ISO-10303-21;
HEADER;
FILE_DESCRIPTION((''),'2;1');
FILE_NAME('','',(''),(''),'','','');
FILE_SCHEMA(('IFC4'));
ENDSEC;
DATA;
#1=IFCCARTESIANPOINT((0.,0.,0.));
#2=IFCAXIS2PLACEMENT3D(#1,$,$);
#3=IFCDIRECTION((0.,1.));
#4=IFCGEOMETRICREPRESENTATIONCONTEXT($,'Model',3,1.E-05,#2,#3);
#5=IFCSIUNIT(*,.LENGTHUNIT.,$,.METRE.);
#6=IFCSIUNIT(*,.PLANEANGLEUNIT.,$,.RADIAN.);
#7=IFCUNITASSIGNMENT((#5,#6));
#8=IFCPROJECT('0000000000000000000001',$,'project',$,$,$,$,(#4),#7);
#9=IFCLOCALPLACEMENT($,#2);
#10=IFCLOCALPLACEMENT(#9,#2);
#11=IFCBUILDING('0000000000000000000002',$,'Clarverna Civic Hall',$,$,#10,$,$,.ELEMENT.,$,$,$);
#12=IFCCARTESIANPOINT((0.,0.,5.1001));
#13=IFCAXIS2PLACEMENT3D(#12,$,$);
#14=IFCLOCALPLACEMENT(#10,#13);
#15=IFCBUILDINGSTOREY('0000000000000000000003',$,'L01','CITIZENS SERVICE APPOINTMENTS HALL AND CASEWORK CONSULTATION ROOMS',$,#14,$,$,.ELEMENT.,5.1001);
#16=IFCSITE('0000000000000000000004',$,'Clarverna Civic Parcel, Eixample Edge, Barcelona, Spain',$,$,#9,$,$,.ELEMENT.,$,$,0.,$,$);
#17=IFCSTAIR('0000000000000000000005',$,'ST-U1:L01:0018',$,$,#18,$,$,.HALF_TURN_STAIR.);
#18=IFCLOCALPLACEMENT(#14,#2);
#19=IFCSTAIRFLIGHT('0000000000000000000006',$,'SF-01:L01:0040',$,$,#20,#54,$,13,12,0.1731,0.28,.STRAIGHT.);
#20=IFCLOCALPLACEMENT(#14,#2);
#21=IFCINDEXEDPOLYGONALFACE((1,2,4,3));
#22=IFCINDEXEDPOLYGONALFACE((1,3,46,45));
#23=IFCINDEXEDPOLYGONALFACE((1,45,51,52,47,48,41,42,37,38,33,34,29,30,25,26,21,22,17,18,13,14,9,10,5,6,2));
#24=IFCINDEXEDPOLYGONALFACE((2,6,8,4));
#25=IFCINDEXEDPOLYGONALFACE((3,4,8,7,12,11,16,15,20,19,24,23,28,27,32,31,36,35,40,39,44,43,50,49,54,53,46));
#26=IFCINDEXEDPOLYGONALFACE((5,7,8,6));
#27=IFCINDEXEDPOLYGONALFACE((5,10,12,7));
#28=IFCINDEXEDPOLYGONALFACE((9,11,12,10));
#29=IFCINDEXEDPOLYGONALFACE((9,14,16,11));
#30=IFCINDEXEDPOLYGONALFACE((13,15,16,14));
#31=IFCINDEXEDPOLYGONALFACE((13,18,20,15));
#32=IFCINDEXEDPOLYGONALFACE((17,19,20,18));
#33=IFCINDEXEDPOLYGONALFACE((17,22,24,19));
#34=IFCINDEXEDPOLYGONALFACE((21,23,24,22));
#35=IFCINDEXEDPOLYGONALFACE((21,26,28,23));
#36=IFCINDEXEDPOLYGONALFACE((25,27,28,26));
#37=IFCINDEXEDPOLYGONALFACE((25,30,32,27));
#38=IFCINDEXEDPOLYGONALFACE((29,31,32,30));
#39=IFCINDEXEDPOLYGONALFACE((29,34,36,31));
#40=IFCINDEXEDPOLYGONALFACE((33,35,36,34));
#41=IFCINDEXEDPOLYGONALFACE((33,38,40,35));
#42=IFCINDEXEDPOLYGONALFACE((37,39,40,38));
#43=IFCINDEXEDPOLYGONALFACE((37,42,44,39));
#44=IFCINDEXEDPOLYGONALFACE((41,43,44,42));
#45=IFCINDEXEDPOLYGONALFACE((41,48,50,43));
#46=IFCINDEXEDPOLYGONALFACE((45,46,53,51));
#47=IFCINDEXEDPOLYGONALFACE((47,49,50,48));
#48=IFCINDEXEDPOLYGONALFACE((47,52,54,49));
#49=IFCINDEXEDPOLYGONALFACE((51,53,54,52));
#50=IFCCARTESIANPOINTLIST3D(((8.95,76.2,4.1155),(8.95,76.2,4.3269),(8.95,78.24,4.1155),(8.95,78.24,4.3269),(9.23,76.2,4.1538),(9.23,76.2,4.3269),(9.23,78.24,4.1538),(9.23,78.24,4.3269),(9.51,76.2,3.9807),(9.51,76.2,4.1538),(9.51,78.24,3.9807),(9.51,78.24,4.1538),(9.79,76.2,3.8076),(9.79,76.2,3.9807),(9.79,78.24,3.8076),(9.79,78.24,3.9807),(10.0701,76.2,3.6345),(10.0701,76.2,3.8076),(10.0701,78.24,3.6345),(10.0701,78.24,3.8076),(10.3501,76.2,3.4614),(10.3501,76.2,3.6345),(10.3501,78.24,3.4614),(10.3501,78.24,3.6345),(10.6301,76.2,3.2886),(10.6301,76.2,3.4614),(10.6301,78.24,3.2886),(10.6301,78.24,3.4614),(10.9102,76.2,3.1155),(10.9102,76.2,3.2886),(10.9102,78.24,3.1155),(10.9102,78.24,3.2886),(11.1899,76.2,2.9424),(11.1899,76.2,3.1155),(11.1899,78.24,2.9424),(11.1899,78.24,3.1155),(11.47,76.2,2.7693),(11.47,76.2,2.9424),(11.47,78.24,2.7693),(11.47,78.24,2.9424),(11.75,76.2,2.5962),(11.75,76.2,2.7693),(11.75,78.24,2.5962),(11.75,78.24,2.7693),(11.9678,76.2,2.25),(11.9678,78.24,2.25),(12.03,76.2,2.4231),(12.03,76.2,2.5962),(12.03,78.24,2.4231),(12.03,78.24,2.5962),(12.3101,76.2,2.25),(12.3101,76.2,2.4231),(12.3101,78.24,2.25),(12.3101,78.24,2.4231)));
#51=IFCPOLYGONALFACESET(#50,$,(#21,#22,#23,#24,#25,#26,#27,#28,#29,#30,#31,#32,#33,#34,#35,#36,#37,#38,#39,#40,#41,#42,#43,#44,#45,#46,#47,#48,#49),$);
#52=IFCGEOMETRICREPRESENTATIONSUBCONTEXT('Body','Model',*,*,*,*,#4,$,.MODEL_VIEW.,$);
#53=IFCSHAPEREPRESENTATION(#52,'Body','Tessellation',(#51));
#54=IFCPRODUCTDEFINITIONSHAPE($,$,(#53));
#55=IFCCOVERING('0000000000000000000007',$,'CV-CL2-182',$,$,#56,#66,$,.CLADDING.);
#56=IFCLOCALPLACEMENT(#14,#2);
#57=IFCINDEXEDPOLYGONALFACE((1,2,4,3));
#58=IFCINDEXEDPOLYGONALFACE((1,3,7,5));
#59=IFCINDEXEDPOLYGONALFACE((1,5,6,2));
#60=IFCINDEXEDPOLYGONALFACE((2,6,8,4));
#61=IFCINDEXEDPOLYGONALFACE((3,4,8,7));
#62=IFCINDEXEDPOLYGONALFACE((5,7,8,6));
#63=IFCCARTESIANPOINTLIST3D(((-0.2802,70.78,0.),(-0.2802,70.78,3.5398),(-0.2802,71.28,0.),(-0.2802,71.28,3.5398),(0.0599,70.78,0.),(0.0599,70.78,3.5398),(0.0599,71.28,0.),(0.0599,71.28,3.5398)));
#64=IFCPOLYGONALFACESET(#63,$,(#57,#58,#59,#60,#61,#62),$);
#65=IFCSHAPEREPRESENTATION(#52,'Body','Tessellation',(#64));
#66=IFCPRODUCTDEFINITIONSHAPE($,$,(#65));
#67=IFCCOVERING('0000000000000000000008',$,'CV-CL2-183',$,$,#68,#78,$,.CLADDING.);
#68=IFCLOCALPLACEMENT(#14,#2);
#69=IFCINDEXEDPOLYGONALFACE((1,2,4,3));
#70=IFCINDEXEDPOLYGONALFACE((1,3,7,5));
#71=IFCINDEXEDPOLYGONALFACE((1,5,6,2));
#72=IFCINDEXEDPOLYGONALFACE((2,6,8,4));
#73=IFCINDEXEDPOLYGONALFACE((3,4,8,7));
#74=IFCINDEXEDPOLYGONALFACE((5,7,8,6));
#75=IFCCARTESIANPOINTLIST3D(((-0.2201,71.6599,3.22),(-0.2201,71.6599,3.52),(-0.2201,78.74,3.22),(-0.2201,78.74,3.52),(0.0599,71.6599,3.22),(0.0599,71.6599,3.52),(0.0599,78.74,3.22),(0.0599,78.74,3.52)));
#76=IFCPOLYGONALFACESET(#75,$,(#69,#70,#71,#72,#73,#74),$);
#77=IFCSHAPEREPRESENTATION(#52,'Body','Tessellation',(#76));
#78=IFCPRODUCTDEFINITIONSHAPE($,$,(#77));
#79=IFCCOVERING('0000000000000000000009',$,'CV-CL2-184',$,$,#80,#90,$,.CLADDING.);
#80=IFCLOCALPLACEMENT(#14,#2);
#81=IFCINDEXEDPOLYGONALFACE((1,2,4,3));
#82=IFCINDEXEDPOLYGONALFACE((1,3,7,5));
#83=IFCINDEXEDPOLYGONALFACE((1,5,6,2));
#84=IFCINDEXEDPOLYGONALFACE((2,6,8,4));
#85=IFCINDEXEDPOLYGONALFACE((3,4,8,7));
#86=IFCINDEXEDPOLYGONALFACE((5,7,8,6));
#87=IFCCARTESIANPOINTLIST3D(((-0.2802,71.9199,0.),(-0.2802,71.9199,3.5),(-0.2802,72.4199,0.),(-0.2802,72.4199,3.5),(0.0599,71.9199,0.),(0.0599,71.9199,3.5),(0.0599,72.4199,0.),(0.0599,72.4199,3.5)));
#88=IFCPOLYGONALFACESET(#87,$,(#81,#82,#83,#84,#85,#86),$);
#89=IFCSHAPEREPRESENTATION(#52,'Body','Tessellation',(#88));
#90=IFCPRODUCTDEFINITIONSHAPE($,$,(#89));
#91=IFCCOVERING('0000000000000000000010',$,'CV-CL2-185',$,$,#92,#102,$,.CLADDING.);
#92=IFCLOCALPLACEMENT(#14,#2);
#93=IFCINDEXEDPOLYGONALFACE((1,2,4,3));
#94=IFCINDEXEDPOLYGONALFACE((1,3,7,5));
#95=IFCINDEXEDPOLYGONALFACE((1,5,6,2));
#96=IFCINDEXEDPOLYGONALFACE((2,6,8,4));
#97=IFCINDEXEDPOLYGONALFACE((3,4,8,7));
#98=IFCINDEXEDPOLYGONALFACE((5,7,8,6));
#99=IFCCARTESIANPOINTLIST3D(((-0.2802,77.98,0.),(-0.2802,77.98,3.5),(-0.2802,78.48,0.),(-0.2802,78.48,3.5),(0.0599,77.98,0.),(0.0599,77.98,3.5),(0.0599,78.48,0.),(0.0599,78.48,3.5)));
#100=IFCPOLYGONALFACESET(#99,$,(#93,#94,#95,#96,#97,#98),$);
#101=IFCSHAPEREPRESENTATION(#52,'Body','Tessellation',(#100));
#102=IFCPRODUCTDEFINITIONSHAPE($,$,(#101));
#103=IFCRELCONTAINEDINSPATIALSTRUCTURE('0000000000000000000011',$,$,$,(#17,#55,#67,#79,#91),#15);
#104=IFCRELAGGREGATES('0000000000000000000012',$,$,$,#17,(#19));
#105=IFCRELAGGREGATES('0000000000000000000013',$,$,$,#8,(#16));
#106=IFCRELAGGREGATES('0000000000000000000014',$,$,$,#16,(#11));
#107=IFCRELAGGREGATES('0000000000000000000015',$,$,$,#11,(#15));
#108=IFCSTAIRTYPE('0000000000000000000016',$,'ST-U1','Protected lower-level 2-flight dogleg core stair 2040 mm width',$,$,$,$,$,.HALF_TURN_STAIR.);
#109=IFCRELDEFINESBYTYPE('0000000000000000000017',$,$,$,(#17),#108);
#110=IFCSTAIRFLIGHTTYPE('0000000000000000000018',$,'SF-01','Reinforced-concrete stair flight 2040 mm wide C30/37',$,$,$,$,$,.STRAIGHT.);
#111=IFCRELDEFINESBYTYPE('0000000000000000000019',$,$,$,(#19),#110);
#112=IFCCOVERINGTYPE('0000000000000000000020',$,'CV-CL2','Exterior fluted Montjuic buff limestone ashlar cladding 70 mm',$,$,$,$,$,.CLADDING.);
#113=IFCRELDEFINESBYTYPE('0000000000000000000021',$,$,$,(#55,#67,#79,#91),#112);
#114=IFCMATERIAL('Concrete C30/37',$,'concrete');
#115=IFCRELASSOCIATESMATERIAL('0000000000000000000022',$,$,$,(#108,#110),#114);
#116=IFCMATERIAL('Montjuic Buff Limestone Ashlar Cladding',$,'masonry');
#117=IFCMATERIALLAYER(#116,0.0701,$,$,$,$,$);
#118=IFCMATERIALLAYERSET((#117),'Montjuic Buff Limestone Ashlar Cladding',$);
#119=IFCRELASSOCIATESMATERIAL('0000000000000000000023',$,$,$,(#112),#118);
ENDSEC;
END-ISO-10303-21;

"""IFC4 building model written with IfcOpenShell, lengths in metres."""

from ifc_helpers import new_model, si_unit, direction, frame, frame_2d, origin, place, context, subcontext, project, spatial, polyline, rectangle, outline, extrude, material, layer, layer_set, type_object, element, aggregate, save


model = new_model("IFC4")

# Units and contexts
model_context = context("Model", 3, precision=1e-05, world=origin(), true_north=direction((0.0, 1.0)))
body_context = subcontext(model_context, "Body", "Model", "MODEL_VIEW")
ifc_project = project(units=[si_unit("LENGTHUNIT", "METRE"), si_unit("PLANEANGLEUNIT", "RADIAN")], contexts=[model_context])

# Site, building, storey
site_placement = place(None, origin())
site = spatial("IfcSite", under=ifc_project, at=site_placement, Name="Clarverna Civic Parcel, Eixample Edge, Barcelona, Spain", CompositionType="ELEMENT", RefElevation=0.0)
building_placement = place(site_placement, origin())
building = spatial("IfcBuilding", under=site, at=building_placement, Name="Clarverna Civic Hall", CompositionType="ELEMENT")
storey_placement = place(building_placement, frame((0.0, 0.0, 5.1001)))
storey = spatial("IfcBuildingStorey", under=building, at=storey_placement, Name="L01", Description="CITIZENS SERVICE APPOINTMENTS HALL AND CASEWORK CONSULTATION ROOMS", CompositionType="ELEMENT", Elevation=5.1001)

# Stair, stair flight
ifc_material_1 = material(Name="Concrete C30/37", Category="concrete")
stair_type = type_object("IfcStairType", Name="ST-U1", Description="Protected lower-level 2-flight dogleg core stair 2040 mm width", PredefinedType="HALF_TURN_STAIR", material=ifc_material_1)
stair_placement = place(storey_placement, origin())
stair = element("IfcStair", 1, at=stair_placement, inside=storey, type_object=stair_type, Name="ST-U1:L01:0018", PredefinedType="HALF_TURN_STAIR")
stair_flight_type = type_object("IfcStairFlightType", Name="SF-01", Description="Reinforced-concrete stair flight 2040 mm wide C30/37", PredefinedType="STRAIGHT", material=ifc_material_1)
stair_flight_1_placement = place(storey_placement, frame((12.3101, 77.22, 2.25), z_axis=(0.0, 0.0, 1.0), x_axis=(-1.0, 0.0, 0.0)))
stair_flight_1 = element("IfcStairFlight", 2, at=stair_flight_1_placement, type_object=stair_flight_type, Name="SF-01:L01:0040", NumberOfRisers=13, NumberOfTreads=12, PredefinedType="STRAIGHT", RiserHeight=0.1731, TreadLength=0.28, context=body_context, shape_type="SweptSolid", body=[
    extrude(outline(polyline([(0.0, 0.0), (0.0, 0.1731), (0.28, 0.1731), (0.28, 0.3462), (0.5601, 0.3462), (0.5601, 0.5193), (0.8401, 0.5193), (0.8401, 0.6924), (1.1201, 0.6924), (1.1201, 0.8655), (1.3999, 0.8655), (1.3999, 1.0386), (1.6799, 1.0386), (1.6799, 1.2114), (1.96, 1.2114), (1.96, 1.3845), (2.24, 1.3845), (2.24, 1.5576), (2.52, 1.5576), (2.52, 1.7307), (2.8, 1.7307), (2.8, 1.9038), (3.0801, 1.9038), (3.0801, 2.0769), (3.3601, 2.0769), (3.3601, 2.25), (3.3601, 1.8655), (0.3423, 0.0), (0.0, 0.0)])), frame((0.0, 1.02, 0.0), z_axis=(0.0, -1.0, 0.0), x_axis=(1.0, 0.0, 0.0)), (0.0, 0.0, 1.0), 2.04),
])
aggregate(stair, [stair_flight_1])

# Coverings
ifc_material_2 = material(Name="Montjuic Buff Limestone Ashlar Cladding", Category="masonry")
ifc_layer_1 = layer(ifc_material_2, 0.0701)
ifc_layer_set_1 = layer_set([ifc_layer_1], Name="Montjuic Buff Limestone Ashlar Cladding")
covering_type = type_object("IfcCoveringType", Name="CV-CL2", Description="Exterior fluted Montjuic buff limestone ashlar cladding 70 mm", PredefinedType="CLADDING", material=ifc_layer_set_1)
covering_1_placement = place(storey_placement, frame((-0.1101, 70.78, 0.0), z_axis=(0.0, 0.0, 1.0), x_axis=(0.0, 1.0, 0.0)))
element("IfcCovering", 3, at=covering_1_placement, inside=storey, type_object=covering_type, Name="CV-CL2-182", PredefinedType="CLADDING", context=body_context, shape_type="SweptSolid", body=[
    extrude(rectangle(XDim=0.5, YDim=0.3401, at=frame_2d((0.25, 0.0))), origin(), (0.0, 0.0, 1.0), 3.5398),
])
covering_2_placement = place(storey_placement, frame((-0.0801, 71.6599, 3.22), z_axis=(0.0, 0.0, 1.0), x_axis=(0.0, 1.0, 0.0)))
element("IfcCovering", 4, at=covering_2_placement, inside=storey, type_object=covering_type, Name="CV-CL2-183", PredefinedType="CLADDING", context=body_context, shape_type="SweptSolid", body=[
    extrude(rectangle(XDim=7.0801, YDim=0.28, at=frame_2d((3.54, 0.0))), origin(), (0.0, 0.0, 1.0), 0.3),
])
for number, where, z_axis, x_axis, name in (
    (5, (-0.1101, 71.9199, 0.0), (0.0, 0.0, 1.0), (0.0, 1.0, 0.0), "CV-CL2-184"),
    (6, (-0.1101, 77.98, 0.0), (0.0, 0.0, 1.0), (0.0, 1.0, 0.0), "CV-CL2-185"),
):
    element("IfcCovering", number, at=place(storey_placement, frame(where, z_axis=z_axis, x_axis=x_axis)), inside=storey, type_object=covering_type, Name=name, PredefinedType="CLADDING", context=body_context, shape_type="SweptSolid", body=[
        extrude(rectangle(XDim=0.5, YDim=0.3401, at=frame_2d((0.25, 0.0))), origin(), (0.0, 0.0, 1.0), 3.5),
    ])

save(model, "model.ifc")
